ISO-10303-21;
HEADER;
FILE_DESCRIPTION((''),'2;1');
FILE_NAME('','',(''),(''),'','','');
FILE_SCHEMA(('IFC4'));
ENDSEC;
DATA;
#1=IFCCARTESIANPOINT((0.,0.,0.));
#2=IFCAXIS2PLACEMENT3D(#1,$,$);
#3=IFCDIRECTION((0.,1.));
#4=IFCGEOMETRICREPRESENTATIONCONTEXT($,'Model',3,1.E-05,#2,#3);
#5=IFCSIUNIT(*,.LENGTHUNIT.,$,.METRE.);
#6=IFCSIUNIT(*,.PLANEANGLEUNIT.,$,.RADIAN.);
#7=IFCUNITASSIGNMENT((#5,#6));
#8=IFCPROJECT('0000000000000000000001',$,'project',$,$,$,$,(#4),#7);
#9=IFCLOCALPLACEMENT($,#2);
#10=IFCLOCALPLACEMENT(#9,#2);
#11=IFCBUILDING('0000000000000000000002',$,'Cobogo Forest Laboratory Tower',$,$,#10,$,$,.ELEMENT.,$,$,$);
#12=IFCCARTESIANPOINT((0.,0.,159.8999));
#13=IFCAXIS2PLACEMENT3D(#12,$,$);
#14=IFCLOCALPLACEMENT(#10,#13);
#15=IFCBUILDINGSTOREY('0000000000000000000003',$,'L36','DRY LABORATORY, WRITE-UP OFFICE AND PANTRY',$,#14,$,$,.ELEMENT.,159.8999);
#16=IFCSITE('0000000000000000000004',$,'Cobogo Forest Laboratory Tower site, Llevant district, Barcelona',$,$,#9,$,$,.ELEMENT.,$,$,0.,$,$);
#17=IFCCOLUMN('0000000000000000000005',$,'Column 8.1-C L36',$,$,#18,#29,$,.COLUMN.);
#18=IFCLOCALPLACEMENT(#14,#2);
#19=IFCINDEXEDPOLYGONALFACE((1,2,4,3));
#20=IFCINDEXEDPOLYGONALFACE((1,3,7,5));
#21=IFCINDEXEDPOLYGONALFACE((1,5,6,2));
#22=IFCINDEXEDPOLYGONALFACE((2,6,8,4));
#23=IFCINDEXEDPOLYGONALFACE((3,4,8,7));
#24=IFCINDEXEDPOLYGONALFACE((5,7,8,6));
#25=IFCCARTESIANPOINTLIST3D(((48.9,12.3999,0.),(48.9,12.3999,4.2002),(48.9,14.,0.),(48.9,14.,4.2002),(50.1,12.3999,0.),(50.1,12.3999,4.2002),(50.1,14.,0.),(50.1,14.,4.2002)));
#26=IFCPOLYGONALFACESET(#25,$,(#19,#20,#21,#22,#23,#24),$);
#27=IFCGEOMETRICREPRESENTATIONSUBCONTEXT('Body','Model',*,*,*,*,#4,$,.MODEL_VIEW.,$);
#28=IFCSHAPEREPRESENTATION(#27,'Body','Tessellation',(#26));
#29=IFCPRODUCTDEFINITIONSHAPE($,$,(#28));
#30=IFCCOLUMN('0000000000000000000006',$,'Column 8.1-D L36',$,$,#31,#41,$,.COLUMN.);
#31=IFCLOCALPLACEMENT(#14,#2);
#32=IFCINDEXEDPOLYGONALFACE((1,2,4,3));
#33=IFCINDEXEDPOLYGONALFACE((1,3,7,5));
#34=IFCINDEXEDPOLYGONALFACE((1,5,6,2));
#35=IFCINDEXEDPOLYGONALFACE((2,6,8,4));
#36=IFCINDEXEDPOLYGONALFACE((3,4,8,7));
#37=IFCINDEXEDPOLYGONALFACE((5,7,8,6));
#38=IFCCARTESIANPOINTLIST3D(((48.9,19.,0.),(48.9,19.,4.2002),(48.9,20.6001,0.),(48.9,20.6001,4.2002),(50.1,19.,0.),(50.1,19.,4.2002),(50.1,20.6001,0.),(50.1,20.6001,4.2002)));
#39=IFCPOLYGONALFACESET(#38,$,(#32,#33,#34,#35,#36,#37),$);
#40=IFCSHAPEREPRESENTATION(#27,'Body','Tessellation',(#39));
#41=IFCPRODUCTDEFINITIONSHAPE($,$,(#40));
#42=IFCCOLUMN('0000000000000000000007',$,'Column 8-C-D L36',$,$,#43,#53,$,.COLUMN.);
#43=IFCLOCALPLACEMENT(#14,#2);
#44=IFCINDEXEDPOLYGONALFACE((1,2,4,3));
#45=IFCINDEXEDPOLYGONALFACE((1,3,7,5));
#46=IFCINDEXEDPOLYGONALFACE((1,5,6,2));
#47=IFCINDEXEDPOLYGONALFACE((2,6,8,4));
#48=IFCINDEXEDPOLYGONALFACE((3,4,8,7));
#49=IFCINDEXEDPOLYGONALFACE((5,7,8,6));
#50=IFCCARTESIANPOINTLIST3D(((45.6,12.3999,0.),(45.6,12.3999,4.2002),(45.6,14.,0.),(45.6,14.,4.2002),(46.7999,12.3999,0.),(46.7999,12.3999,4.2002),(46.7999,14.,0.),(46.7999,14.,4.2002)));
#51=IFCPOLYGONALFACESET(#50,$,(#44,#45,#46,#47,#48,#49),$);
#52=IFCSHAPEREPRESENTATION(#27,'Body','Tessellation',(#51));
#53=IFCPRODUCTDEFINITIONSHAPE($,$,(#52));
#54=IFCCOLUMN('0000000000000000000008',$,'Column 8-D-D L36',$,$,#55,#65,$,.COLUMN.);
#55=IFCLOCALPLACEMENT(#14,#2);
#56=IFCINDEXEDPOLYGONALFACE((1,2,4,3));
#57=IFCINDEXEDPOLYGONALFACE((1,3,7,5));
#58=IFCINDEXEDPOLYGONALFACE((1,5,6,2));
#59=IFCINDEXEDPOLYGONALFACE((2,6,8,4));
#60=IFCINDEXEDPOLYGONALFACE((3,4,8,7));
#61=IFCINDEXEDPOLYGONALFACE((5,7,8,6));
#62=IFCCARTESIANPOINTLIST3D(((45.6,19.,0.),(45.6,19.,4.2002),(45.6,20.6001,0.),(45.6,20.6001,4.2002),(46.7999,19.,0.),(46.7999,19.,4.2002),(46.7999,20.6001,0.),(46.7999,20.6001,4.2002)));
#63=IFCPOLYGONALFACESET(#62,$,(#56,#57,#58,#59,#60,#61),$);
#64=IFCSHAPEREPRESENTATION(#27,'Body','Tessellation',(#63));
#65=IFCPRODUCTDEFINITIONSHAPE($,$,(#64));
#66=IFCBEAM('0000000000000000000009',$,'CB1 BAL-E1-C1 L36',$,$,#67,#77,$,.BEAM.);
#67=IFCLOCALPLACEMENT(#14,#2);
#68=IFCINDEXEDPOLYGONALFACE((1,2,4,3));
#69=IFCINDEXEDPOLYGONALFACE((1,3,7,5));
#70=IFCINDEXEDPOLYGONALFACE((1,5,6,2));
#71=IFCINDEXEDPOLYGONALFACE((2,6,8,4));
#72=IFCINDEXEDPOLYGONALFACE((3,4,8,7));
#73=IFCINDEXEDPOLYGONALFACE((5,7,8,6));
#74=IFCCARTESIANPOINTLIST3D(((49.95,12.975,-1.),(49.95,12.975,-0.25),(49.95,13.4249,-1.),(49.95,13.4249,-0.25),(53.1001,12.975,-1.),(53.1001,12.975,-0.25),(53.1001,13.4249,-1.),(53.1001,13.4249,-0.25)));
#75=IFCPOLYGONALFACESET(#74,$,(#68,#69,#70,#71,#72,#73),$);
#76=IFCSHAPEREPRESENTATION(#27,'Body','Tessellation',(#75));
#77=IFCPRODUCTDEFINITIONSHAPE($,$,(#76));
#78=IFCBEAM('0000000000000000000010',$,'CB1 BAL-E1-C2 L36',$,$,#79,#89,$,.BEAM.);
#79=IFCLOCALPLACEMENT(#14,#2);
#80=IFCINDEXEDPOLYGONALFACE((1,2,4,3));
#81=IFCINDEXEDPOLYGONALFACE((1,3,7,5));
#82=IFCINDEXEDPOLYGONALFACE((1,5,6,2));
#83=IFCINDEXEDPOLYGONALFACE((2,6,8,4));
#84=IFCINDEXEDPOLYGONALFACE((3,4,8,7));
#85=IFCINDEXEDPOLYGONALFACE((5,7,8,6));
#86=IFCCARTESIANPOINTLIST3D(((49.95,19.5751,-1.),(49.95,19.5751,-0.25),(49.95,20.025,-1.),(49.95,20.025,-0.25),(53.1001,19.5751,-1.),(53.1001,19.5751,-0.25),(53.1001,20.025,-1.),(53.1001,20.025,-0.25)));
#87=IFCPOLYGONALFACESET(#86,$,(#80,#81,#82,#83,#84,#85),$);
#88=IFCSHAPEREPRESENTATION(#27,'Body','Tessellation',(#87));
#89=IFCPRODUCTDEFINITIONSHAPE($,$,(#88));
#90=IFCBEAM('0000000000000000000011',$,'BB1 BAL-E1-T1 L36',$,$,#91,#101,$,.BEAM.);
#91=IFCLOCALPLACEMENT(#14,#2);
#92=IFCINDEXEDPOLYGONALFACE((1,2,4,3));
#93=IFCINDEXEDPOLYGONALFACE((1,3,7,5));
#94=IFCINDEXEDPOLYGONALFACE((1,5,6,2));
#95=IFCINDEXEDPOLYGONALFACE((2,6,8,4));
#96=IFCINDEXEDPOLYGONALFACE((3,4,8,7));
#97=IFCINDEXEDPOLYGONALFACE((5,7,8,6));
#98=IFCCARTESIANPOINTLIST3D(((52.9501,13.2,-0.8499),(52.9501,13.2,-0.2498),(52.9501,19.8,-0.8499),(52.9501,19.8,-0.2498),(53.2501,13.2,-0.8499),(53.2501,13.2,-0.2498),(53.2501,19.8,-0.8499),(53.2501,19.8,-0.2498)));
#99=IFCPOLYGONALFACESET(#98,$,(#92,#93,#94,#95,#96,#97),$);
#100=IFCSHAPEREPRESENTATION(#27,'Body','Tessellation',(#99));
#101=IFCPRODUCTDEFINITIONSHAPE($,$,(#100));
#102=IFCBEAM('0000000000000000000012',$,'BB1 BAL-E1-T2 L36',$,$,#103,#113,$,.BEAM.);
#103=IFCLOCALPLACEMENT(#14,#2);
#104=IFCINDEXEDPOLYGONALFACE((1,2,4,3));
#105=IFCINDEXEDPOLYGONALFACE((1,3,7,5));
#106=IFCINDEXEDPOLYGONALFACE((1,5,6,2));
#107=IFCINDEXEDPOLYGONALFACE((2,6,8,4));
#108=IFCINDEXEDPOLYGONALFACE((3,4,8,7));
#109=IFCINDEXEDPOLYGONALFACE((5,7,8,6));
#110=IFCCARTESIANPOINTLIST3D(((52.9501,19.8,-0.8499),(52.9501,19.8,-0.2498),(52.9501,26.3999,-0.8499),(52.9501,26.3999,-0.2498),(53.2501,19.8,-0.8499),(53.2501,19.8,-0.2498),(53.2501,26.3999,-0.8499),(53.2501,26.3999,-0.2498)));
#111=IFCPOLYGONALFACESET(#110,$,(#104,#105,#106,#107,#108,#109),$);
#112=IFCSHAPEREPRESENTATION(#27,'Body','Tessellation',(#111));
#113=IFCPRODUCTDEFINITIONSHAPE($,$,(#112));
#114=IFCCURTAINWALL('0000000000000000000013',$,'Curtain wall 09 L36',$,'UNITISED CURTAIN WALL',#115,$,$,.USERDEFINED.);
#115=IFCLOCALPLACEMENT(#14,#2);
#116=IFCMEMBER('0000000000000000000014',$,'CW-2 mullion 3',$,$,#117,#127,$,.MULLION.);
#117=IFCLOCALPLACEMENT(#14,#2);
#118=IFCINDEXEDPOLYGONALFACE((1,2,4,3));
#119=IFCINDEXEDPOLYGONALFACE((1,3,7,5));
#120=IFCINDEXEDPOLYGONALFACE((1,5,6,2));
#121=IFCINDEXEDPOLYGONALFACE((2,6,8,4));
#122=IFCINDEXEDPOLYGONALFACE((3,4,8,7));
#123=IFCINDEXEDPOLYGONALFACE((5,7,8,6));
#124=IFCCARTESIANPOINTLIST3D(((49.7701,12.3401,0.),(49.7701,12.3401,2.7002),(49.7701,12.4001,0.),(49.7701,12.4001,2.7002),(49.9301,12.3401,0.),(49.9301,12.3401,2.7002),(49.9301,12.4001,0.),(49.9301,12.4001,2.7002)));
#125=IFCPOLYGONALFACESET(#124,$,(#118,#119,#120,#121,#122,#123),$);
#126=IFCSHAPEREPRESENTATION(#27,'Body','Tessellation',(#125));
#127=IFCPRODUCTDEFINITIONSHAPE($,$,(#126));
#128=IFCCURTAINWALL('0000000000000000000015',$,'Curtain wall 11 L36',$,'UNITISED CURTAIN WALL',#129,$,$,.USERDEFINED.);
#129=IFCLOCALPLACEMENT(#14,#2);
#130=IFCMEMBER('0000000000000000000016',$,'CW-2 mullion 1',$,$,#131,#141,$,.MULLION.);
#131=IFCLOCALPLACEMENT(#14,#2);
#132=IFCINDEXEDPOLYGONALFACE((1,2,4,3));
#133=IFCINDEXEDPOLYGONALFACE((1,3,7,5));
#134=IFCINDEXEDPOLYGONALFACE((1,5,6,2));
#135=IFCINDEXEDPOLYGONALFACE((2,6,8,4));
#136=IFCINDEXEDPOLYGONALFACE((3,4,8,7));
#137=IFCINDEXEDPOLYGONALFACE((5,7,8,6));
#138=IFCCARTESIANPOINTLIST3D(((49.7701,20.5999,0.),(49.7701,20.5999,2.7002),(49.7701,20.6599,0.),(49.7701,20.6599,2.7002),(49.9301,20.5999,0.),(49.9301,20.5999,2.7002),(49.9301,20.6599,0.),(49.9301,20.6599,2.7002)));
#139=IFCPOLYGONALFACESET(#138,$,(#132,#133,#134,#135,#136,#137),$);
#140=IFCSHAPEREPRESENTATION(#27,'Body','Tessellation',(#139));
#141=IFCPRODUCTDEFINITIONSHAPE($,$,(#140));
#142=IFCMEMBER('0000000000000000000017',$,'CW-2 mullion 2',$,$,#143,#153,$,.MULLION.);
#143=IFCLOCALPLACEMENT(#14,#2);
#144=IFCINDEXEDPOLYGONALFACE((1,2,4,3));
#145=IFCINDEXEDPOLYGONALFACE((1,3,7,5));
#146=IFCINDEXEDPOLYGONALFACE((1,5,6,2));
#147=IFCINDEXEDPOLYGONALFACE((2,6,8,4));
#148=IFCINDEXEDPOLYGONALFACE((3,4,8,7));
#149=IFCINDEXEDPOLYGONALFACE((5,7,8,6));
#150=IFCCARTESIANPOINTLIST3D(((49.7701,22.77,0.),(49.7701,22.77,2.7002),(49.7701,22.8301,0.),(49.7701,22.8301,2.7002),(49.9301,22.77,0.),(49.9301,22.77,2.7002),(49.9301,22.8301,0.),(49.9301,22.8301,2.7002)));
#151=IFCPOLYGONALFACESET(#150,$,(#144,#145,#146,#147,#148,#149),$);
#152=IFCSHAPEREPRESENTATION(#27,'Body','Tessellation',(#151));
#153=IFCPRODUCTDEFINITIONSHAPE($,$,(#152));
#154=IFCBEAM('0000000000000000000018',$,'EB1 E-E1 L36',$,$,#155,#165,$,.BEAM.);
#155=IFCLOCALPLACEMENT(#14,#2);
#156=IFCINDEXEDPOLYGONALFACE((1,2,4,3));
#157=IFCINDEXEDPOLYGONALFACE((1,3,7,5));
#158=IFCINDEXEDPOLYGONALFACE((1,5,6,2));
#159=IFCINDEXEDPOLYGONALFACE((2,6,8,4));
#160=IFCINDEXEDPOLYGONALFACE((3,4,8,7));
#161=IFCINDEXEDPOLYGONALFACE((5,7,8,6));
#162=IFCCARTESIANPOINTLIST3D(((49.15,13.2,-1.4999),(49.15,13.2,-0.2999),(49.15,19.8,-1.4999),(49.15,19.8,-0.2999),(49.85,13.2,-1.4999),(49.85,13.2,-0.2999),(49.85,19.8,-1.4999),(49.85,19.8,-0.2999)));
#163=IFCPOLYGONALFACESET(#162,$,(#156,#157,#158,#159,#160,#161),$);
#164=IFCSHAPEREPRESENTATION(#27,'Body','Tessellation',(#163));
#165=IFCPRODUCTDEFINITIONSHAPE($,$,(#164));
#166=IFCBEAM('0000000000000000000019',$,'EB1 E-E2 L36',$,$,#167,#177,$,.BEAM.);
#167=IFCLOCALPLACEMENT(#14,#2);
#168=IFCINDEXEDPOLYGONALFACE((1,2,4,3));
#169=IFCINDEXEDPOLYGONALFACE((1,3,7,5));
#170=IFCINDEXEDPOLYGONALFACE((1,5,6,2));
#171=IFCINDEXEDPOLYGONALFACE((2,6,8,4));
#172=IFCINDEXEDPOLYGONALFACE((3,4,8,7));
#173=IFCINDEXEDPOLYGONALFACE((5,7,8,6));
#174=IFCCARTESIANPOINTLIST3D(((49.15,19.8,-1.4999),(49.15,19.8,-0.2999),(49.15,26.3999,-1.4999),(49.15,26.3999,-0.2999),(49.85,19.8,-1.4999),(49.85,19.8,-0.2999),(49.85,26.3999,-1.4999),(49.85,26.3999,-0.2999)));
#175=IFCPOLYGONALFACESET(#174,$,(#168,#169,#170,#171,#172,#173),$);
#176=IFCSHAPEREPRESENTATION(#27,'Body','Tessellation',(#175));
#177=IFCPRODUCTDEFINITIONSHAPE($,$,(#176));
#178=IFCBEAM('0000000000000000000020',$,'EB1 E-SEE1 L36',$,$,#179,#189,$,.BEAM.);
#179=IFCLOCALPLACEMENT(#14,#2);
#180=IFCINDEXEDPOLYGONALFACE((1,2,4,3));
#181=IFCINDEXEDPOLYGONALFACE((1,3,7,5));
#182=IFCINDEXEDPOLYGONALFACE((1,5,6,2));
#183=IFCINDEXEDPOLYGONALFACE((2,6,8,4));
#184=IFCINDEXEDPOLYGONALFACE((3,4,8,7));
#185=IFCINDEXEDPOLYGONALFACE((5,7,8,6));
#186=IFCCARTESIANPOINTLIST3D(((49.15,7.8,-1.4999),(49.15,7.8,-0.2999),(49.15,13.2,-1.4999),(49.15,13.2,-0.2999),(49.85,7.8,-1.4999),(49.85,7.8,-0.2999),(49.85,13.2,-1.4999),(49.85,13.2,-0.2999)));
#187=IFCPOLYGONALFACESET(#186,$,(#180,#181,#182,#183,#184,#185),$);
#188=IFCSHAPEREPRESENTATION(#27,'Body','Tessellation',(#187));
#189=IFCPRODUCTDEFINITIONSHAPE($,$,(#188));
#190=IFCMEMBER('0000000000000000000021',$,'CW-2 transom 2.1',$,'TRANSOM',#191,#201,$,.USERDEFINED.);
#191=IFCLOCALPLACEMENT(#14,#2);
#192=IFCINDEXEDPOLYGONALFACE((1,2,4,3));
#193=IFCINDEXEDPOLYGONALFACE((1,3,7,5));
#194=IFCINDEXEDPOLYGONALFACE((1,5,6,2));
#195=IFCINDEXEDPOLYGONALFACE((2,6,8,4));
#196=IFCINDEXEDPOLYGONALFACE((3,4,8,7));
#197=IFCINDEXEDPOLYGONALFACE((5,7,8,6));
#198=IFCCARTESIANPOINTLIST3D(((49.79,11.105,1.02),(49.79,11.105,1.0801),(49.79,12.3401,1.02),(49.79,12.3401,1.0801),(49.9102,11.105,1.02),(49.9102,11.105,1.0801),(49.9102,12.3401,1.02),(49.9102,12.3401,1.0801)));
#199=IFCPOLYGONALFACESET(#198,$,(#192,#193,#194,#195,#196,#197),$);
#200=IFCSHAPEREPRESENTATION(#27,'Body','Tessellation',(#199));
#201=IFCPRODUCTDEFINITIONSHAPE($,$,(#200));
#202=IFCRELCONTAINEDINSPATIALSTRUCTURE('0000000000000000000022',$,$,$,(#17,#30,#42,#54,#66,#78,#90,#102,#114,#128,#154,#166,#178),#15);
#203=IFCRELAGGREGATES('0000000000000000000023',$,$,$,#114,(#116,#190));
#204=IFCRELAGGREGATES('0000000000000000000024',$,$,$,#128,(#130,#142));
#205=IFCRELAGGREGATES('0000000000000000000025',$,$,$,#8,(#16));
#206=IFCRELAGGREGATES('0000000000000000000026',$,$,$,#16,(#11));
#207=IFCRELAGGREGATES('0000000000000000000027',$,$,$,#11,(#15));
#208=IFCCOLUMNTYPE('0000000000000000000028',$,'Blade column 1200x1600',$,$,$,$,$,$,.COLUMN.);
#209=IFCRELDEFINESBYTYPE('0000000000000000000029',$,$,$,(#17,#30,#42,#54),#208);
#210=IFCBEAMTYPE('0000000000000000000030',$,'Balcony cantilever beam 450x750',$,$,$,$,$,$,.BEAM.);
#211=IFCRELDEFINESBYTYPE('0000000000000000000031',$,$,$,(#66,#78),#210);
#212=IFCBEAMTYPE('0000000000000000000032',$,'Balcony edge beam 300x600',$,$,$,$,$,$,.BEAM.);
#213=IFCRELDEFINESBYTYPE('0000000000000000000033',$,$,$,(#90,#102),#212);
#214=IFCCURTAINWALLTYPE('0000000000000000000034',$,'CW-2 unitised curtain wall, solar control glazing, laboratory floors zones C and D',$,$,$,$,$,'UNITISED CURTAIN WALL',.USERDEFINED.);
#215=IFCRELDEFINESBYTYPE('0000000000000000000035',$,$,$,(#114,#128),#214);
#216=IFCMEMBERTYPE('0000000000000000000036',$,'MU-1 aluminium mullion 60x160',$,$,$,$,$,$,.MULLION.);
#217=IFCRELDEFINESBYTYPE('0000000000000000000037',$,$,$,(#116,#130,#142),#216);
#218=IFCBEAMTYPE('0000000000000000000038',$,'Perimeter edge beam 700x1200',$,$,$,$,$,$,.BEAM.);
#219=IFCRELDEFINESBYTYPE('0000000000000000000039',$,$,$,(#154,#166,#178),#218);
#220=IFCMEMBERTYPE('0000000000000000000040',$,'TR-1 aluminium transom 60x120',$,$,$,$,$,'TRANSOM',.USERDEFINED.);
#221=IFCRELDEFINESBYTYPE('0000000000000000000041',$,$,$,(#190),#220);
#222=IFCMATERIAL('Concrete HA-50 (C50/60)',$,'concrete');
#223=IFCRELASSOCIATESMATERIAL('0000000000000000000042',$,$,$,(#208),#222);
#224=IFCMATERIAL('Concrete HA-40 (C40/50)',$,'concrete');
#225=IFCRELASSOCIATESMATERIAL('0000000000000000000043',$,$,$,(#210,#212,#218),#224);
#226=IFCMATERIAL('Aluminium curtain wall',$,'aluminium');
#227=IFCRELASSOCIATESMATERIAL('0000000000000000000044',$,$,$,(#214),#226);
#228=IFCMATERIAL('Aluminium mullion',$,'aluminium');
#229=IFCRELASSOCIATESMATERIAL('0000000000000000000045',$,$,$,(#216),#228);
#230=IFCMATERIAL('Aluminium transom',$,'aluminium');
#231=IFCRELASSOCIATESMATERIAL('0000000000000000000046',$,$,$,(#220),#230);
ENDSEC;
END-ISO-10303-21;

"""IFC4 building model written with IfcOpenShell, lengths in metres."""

from ifc_helpers import new_model, si_unit, direction, frame, origin, origin_2d, place, context, subcontext, project, spatial, rectangle, extrude, material, material_profile, profile_set, type_object, element, aggregate, save


model = new_model("IFC4")

# Units and contexts
model_context = context("Model", 3, precision=1e-05, world=origin(), true_north=direction((0.0, 1.0)))
body_context = subcontext(model_context, "Body", "Model", "MODEL_VIEW")
ifc_project = project(units=[si_unit("LENGTHUNIT", "METRE"), si_unit("PLANEANGLEUNIT", "RADIAN")], contexts=[model_context])

# Site, building, storey
site_placement = place(None, origin())
site = spatial("IfcSite", under=ifc_project, at=site_placement, Name="Cobogo Forest Laboratory Tower site, Llevant district, Barcelona", CompositionType="ELEMENT", RefElevation=0.0)
building_placement = place(site_placement, origin())
building = spatial("IfcBuilding", under=site, at=building_placement, Name="Cobogo Forest Laboratory Tower", CompositionType="ELEMENT")
storey_placement = place(building_placement, frame((0.0, 0.0, 159.8999)))
storey = spatial("IfcBuildingStorey", under=building, at=storey_placement, Name="L36", Description="DRY LABORATORY, WRITE-UP OFFICE AND PANTRY", CompositionType="ELEMENT", Elevation=159.8999)

# Columns
ifc_material_1 = material(Name="Concrete HA-50 (C50/60)", Category="concrete")
ifc_material_profile_1 = material_profile(ifc_material_1, rectangle(XDim=1.6001, YDim=1.2, at=origin_2d()), Name="RC 1200x1600")
ifc_profile_set_1 = profile_set([ifc_material_profile_1], Name="Concrete HA-50 (C50/60)")
column_type = type_object("IfcColumnType", Name="Blade column 1200x1600", PredefinedType="COLUMN", material=ifc_profile_set_1)
for number, where, z_axis, x_axis, name in (
    (1, (49.5, 13.2, 0.0), (0.0, 0.0, 1.0), (0.0, 1.0, 0.0), "Column 8.1-C L36"),
    (2, (49.5, 19.8, 0.0), (0.0, 0.0, 1.0), (0.0, 1.0, 0.0), "Column 8.1-D L36"),
    (3, (46.2, 13.2, 0.0), (0.0, 0.0, 1.0), (0.0, 1.0, 0.0), "Column 8-C-D L36"),
    (4, (46.2, 19.8, 0.0), (0.0, 0.0, 1.0), (0.0, 1.0, 0.0), "Column 8-D-D L36"),
):
    element("IfcColumn", number, at=place(storey_placement, frame(where, z_axis=z_axis, x_axis=x_axis)), inside=storey, type_object=column_type, Name=name, PredefinedType="COLUMN", context=body_context, shape_type="SweptSolid", body=[
        extrude(rectangle(XDim=1.6001, YDim=1.2, at=origin_2d()), origin(), (0.0, 0.0, 1.0), 4.2002),
    ])

# Beams
ifc_material_2 = material(Name="Concrete HA-40 (C40/50)", Category="concrete")
ifc_material_profile_2 = material_profile(ifc_material_2, rectangle(XDim=0.45, YDim=0.75, at=origin_2d()), Name="RC 450x750")
ifc_profile_set_2 = profile_set([ifc_material_profile_2], Name="Concrete HA-40 (C40/50)")
beam_type_1 = type_object("IfcBeamType", Name="Balcony cantilever beam 450x750", PredefinedType="BEAM", material=ifc_profile_set_2)
for number, where, z_axis, x_axis, name in (
    (5, (49.95, 13.2, -0.625), (1.0, 0.0, 0.0), (0.0, 1.0, 0.0), "CB1 BAL-E1-C1 L36"),
    (6, (49.95, 19.8, -0.625), (1.0, 0.0, 0.0), (0.0, 1.0, 0.0), "CB1 BAL-E1-C2 L36"),
):
    element("IfcBeam", number, at=place(storey_placement, frame(where, z_axis=z_axis, x_axis=x_axis)), inside=storey, type_object=beam_type_1, Name=name, PredefinedType="BEAM", context=body_context, shape_type="SweptSolid", body=[
        extrude(rectangle(XDim=0.45, YDim=0.75, at=origin_2d()), origin(), (0.0, 0.0, 1.0), 3.1501),
    ])
ifc_material_profile_3 = material_profile(ifc_material_2, rectangle(XDim=0.3, YDim=0.6001, at=origin_2d()), Name="RC 300x600")
ifc_profile_set_3 = profile_set([ifc_material_profile_3], Name="Concrete HA-40 (C40/50)")
beam_type_2 = type_object("IfcBeamType", Name="Balcony edge beam 300x600", PredefinedType="BEAM", material=ifc_profile_set_3)
beam_1_placement = place(storey_placement, frame((53.1001, 13.2, -0.5498), z_axis=(0.0, 1.0, 0.0), x_axis=(-1.0, 0.0, 0.0)))
element("IfcBeam", 7, at=beam_1_placement, inside=storey, type_object=beam_type_2, Name="BB1 BAL-E1-T1 L36", PredefinedType="BEAM", context=body_context, shape_type="SweptSolid", body=[
    extrude(rectangle(XDim=0.3, YDim=0.6001, at=origin_2d()), origin(), (0.0, 0.0, 1.0), 6.6001),
])
beam_2_placement = place(storey_placement, frame((53.1001, 19.8, -0.5498), z_axis=(0.0, 1.0, 0.0), x_axis=(-1.0, 0.0, 0.0)))
element("IfcBeam", 8, at=beam_2_placement, inside=storey, type_object=beam_type_2, Name="BB1 BAL-E1-T2 L36", PredefinedType="BEAM", context=body_context, shape_type="SweptSolid", body=[
    extrude(rectangle(XDim=0.3, YDim=0.6001, at=origin_2d()), origin(), (0.0, 0.0, 1.0), 6.5999),
])

# Curtain wall, member
ifc_material_3 = material(Name="Aluminium curtain wall", Category="aluminium")
curtain_wall_type = type_object("IfcCurtainWallType", Name="CW-2 unitised curtain wall, solar control glazing, laboratory floors zones C and D", ElementType="UNITISED CURTAIN WALL", PredefinedType="USERDEFINED", material=ifc_material_3)
curtain_wall_1_placement = place(storey_placement, origin())
curtain_wall_1 = element("IfcCurtainWall", 9, at=curtain_wall_1_placement, inside=storey, type_object=curtain_wall_type, Name="Curtain wall 09 L36", ObjectType="UNITISED CURTAIN WALL", PredefinedType="USERDEFINED")
ifc_material_4 = material(Name="Aluminium mullion", Category="aluminium")
ifc_material_profile_4 = material_profile(ifc_material_4, rectangle(XDim=0.0601, YDim=0.1599, at=origin_2d()), Name="AL 60x160")
ifc_profile_set_4 = profile_set([ifc_material_profile_4], Name="Aluminium mullion")
member_type_1 = type_object("IfcMemberType", Name="MU-1 aluminium mullion 60x160", PredefinedType="MULLION", material=ifc_profile_set_4)
member_1_placement = place(storey_placement, frame((49.8501, 12.3701, 0.0), z_axis=(0.0, 0.0, 1.0), x_axis=(0.0, 1.0, 0.0)))
member_1 = element("IfcMember", 10, at=member_1_placement, type_object=member_type_1, Name="CW-2 mullion 3", PredefinedType="MULLION", context=body_context, shape_type="SweptSolid", body=[
    extrude(rectangle(XDim=0.0601, YDim=0.1599, at=origin_2d()), origin(), (0.0, 0.0, 1.0), 2.7002),
])

# Curtain wall, members
curtain_wall_2_placement = place(storey_placement, origin())
curtain_wall_2 = element("IfcCurtainWall", 11, at=curtain_wall_2_placement, inside=storey, type_object=curtain_wall_type, Name="Curtain wall 11 L36", ObjectType="UNITISED CURTAIN WALL", PredefinedType="USERDEFINED")
member_2_placement = place(storey_placement, frame((49.8501, 20.6299, 0.0), z_axis=(0.0, 0.0, 1.0), x_axis=(0.0, 1.0, 0.0)))
member_2 = element("IfcMember", 12, at=member_2_placement, type_object=member_type_1, Name="CW-2 mullion 1", PredefinedType="MULLION", context=body_context, shape_type="SweptSolid", body=[
    extrude(rectangle(XDim=0.0601, YDim=0.1599, at=origin_2d()), origin(), (0.0, 0.0, 1.0), 2.7002),
])
member_3_placement = place(storey_placement, frame((49.8501, 22.8, 0.0), z_axis=(0.0, 0.0, 1.0), x_axis=(0.0, 1.0, 0.0)))
member_3 = element("IfcMember", 13, at=member_3_placement, type_object=member_type_1, Name="CW-2 mullion 2", PredefinedType="MULLION", context=body_context, shape_type="SweptSolid", body=[
    extrude(rectangle(XDim=0.0601, YDim=0.1599, at=origin_2d()), origin(), (0.0, 0.0, 1.0), 2.7002),
])

# Beams
ifc_material_profile_5 = material_profile(ifc_material_2, rectangle(XDim=0.7, YDim=1.2, at=origin_2d()), Name="RC 700x1200")
ifc_profile_set_5 = profile_set([ifc_material_profile_5], Name="Concrete HA-40 (C40/50)")
beam_type_3 = type_object("IfcBeamType", Name="Perimeter edge beam 700x1200", PredefinedType="BEAM", material=ifc_profile_set_5)
beam_3_placement = place(storey_placement, frame((49.5, 13.2, -0.8999), z_axis=(0.0, 1.0, 0.0), x_axis=(-1.0, 0.0, 0.0)))
element("IfcBeam", 14, at=beam_3_placement, inside=storey, type_object=beam_type_3, Name="EB1 E-E1 L36", PredefinedType="BEAM", context=body_context, shape_type="SweptSolid", body=[
    extrude(rectangle(XDim=0.7, YDim=1.2, at=origin_2d()), origin(), (0.0, 0.0, 1.0), 6.6001),
])
beam_4_placement = place(storey_placement, frame((49.5, 19.8, -0.8999), z_axis=(0.0, 1.0, 0.0), x_axis=(-1.0, 0.0, 0.0)))
element("IfcBeam", 15, at=beam_4_placement, inside=storey, type_object=beam_type_3, Name="EB1 E-E2 L36", PredefinedType="BEAM", context=body_context, shape_type="SweptSolid", body=[
    extrude(rectangle(XDim=0.7, YDim=1.2, at=origin_2d()), origin(), (0.0, 0.0, 1.0), 6.5999),
])
beam_5_placement = place(storey_placement, frame((49.5, 13.2, -0.8999), z_axis=(0.0, -1.0, 0.0), x_axis=(1.0, 0.0, 0.0)))
element("IfcBeam", 16, at=beam_5_placement, inside=storey, type_object=beam_type_3, Name="EB1 E-SEE1 L36", PredefinedType="BEAM", context=body_context, shape_type="SweptSolid", body=[
    extrude(rectangle(XDim=0.7, YDim=1.2, at=origin_2d()), origin(), (0.0, 0.0, 1.0), 5.3999),
])

# Member
ifc_material_5 = material(Name="Aluminium transom", Category="aluminium")
ifc_material_profile_6 = material_profile(ifc_material_5, rectangle(XDim=0.1201, YDim=0.0601, at=origin_2d()), Name="AL 60x120")
ifc_profile_set_6 = profile_set([ifc_material_profile_6], Name="Aluminium transom")
member_type_2 = type_object("IfcMemberType", Name="TR-1 aluminium transom 60x120", ElementType="TRANSOM", PredefinedType="USERDEFINED", material=ifc_profile_set_6)
member_4_placement = place(storey_placement, frame((49.8501, 11.105, 1.05), z_axis=(0.0, 1.0, 0.0), x_axis=(-1.0, 0.0, 0.0)))
member_4 = element("IfcMember", 17, at=member_4_placement, type_object=member_type_2, Name="CW-2 transom 2.1", ObjectType="TRANSOM", PredefinedType="USERDEFINED", context=body_context, shape_type="SweptSolid", body=[
    extrude(rectangle(XDim=0.1201, YDim=0.0601, at=origin_2d()), origin(), (0.0, 0.0, 1.0), 1.2351),
])

aggregate(curtain_wall_1, [member_1, member_4])
aggregate(curtain_wall_2, [member_2, member_3])

save(model, "model.ifc")
